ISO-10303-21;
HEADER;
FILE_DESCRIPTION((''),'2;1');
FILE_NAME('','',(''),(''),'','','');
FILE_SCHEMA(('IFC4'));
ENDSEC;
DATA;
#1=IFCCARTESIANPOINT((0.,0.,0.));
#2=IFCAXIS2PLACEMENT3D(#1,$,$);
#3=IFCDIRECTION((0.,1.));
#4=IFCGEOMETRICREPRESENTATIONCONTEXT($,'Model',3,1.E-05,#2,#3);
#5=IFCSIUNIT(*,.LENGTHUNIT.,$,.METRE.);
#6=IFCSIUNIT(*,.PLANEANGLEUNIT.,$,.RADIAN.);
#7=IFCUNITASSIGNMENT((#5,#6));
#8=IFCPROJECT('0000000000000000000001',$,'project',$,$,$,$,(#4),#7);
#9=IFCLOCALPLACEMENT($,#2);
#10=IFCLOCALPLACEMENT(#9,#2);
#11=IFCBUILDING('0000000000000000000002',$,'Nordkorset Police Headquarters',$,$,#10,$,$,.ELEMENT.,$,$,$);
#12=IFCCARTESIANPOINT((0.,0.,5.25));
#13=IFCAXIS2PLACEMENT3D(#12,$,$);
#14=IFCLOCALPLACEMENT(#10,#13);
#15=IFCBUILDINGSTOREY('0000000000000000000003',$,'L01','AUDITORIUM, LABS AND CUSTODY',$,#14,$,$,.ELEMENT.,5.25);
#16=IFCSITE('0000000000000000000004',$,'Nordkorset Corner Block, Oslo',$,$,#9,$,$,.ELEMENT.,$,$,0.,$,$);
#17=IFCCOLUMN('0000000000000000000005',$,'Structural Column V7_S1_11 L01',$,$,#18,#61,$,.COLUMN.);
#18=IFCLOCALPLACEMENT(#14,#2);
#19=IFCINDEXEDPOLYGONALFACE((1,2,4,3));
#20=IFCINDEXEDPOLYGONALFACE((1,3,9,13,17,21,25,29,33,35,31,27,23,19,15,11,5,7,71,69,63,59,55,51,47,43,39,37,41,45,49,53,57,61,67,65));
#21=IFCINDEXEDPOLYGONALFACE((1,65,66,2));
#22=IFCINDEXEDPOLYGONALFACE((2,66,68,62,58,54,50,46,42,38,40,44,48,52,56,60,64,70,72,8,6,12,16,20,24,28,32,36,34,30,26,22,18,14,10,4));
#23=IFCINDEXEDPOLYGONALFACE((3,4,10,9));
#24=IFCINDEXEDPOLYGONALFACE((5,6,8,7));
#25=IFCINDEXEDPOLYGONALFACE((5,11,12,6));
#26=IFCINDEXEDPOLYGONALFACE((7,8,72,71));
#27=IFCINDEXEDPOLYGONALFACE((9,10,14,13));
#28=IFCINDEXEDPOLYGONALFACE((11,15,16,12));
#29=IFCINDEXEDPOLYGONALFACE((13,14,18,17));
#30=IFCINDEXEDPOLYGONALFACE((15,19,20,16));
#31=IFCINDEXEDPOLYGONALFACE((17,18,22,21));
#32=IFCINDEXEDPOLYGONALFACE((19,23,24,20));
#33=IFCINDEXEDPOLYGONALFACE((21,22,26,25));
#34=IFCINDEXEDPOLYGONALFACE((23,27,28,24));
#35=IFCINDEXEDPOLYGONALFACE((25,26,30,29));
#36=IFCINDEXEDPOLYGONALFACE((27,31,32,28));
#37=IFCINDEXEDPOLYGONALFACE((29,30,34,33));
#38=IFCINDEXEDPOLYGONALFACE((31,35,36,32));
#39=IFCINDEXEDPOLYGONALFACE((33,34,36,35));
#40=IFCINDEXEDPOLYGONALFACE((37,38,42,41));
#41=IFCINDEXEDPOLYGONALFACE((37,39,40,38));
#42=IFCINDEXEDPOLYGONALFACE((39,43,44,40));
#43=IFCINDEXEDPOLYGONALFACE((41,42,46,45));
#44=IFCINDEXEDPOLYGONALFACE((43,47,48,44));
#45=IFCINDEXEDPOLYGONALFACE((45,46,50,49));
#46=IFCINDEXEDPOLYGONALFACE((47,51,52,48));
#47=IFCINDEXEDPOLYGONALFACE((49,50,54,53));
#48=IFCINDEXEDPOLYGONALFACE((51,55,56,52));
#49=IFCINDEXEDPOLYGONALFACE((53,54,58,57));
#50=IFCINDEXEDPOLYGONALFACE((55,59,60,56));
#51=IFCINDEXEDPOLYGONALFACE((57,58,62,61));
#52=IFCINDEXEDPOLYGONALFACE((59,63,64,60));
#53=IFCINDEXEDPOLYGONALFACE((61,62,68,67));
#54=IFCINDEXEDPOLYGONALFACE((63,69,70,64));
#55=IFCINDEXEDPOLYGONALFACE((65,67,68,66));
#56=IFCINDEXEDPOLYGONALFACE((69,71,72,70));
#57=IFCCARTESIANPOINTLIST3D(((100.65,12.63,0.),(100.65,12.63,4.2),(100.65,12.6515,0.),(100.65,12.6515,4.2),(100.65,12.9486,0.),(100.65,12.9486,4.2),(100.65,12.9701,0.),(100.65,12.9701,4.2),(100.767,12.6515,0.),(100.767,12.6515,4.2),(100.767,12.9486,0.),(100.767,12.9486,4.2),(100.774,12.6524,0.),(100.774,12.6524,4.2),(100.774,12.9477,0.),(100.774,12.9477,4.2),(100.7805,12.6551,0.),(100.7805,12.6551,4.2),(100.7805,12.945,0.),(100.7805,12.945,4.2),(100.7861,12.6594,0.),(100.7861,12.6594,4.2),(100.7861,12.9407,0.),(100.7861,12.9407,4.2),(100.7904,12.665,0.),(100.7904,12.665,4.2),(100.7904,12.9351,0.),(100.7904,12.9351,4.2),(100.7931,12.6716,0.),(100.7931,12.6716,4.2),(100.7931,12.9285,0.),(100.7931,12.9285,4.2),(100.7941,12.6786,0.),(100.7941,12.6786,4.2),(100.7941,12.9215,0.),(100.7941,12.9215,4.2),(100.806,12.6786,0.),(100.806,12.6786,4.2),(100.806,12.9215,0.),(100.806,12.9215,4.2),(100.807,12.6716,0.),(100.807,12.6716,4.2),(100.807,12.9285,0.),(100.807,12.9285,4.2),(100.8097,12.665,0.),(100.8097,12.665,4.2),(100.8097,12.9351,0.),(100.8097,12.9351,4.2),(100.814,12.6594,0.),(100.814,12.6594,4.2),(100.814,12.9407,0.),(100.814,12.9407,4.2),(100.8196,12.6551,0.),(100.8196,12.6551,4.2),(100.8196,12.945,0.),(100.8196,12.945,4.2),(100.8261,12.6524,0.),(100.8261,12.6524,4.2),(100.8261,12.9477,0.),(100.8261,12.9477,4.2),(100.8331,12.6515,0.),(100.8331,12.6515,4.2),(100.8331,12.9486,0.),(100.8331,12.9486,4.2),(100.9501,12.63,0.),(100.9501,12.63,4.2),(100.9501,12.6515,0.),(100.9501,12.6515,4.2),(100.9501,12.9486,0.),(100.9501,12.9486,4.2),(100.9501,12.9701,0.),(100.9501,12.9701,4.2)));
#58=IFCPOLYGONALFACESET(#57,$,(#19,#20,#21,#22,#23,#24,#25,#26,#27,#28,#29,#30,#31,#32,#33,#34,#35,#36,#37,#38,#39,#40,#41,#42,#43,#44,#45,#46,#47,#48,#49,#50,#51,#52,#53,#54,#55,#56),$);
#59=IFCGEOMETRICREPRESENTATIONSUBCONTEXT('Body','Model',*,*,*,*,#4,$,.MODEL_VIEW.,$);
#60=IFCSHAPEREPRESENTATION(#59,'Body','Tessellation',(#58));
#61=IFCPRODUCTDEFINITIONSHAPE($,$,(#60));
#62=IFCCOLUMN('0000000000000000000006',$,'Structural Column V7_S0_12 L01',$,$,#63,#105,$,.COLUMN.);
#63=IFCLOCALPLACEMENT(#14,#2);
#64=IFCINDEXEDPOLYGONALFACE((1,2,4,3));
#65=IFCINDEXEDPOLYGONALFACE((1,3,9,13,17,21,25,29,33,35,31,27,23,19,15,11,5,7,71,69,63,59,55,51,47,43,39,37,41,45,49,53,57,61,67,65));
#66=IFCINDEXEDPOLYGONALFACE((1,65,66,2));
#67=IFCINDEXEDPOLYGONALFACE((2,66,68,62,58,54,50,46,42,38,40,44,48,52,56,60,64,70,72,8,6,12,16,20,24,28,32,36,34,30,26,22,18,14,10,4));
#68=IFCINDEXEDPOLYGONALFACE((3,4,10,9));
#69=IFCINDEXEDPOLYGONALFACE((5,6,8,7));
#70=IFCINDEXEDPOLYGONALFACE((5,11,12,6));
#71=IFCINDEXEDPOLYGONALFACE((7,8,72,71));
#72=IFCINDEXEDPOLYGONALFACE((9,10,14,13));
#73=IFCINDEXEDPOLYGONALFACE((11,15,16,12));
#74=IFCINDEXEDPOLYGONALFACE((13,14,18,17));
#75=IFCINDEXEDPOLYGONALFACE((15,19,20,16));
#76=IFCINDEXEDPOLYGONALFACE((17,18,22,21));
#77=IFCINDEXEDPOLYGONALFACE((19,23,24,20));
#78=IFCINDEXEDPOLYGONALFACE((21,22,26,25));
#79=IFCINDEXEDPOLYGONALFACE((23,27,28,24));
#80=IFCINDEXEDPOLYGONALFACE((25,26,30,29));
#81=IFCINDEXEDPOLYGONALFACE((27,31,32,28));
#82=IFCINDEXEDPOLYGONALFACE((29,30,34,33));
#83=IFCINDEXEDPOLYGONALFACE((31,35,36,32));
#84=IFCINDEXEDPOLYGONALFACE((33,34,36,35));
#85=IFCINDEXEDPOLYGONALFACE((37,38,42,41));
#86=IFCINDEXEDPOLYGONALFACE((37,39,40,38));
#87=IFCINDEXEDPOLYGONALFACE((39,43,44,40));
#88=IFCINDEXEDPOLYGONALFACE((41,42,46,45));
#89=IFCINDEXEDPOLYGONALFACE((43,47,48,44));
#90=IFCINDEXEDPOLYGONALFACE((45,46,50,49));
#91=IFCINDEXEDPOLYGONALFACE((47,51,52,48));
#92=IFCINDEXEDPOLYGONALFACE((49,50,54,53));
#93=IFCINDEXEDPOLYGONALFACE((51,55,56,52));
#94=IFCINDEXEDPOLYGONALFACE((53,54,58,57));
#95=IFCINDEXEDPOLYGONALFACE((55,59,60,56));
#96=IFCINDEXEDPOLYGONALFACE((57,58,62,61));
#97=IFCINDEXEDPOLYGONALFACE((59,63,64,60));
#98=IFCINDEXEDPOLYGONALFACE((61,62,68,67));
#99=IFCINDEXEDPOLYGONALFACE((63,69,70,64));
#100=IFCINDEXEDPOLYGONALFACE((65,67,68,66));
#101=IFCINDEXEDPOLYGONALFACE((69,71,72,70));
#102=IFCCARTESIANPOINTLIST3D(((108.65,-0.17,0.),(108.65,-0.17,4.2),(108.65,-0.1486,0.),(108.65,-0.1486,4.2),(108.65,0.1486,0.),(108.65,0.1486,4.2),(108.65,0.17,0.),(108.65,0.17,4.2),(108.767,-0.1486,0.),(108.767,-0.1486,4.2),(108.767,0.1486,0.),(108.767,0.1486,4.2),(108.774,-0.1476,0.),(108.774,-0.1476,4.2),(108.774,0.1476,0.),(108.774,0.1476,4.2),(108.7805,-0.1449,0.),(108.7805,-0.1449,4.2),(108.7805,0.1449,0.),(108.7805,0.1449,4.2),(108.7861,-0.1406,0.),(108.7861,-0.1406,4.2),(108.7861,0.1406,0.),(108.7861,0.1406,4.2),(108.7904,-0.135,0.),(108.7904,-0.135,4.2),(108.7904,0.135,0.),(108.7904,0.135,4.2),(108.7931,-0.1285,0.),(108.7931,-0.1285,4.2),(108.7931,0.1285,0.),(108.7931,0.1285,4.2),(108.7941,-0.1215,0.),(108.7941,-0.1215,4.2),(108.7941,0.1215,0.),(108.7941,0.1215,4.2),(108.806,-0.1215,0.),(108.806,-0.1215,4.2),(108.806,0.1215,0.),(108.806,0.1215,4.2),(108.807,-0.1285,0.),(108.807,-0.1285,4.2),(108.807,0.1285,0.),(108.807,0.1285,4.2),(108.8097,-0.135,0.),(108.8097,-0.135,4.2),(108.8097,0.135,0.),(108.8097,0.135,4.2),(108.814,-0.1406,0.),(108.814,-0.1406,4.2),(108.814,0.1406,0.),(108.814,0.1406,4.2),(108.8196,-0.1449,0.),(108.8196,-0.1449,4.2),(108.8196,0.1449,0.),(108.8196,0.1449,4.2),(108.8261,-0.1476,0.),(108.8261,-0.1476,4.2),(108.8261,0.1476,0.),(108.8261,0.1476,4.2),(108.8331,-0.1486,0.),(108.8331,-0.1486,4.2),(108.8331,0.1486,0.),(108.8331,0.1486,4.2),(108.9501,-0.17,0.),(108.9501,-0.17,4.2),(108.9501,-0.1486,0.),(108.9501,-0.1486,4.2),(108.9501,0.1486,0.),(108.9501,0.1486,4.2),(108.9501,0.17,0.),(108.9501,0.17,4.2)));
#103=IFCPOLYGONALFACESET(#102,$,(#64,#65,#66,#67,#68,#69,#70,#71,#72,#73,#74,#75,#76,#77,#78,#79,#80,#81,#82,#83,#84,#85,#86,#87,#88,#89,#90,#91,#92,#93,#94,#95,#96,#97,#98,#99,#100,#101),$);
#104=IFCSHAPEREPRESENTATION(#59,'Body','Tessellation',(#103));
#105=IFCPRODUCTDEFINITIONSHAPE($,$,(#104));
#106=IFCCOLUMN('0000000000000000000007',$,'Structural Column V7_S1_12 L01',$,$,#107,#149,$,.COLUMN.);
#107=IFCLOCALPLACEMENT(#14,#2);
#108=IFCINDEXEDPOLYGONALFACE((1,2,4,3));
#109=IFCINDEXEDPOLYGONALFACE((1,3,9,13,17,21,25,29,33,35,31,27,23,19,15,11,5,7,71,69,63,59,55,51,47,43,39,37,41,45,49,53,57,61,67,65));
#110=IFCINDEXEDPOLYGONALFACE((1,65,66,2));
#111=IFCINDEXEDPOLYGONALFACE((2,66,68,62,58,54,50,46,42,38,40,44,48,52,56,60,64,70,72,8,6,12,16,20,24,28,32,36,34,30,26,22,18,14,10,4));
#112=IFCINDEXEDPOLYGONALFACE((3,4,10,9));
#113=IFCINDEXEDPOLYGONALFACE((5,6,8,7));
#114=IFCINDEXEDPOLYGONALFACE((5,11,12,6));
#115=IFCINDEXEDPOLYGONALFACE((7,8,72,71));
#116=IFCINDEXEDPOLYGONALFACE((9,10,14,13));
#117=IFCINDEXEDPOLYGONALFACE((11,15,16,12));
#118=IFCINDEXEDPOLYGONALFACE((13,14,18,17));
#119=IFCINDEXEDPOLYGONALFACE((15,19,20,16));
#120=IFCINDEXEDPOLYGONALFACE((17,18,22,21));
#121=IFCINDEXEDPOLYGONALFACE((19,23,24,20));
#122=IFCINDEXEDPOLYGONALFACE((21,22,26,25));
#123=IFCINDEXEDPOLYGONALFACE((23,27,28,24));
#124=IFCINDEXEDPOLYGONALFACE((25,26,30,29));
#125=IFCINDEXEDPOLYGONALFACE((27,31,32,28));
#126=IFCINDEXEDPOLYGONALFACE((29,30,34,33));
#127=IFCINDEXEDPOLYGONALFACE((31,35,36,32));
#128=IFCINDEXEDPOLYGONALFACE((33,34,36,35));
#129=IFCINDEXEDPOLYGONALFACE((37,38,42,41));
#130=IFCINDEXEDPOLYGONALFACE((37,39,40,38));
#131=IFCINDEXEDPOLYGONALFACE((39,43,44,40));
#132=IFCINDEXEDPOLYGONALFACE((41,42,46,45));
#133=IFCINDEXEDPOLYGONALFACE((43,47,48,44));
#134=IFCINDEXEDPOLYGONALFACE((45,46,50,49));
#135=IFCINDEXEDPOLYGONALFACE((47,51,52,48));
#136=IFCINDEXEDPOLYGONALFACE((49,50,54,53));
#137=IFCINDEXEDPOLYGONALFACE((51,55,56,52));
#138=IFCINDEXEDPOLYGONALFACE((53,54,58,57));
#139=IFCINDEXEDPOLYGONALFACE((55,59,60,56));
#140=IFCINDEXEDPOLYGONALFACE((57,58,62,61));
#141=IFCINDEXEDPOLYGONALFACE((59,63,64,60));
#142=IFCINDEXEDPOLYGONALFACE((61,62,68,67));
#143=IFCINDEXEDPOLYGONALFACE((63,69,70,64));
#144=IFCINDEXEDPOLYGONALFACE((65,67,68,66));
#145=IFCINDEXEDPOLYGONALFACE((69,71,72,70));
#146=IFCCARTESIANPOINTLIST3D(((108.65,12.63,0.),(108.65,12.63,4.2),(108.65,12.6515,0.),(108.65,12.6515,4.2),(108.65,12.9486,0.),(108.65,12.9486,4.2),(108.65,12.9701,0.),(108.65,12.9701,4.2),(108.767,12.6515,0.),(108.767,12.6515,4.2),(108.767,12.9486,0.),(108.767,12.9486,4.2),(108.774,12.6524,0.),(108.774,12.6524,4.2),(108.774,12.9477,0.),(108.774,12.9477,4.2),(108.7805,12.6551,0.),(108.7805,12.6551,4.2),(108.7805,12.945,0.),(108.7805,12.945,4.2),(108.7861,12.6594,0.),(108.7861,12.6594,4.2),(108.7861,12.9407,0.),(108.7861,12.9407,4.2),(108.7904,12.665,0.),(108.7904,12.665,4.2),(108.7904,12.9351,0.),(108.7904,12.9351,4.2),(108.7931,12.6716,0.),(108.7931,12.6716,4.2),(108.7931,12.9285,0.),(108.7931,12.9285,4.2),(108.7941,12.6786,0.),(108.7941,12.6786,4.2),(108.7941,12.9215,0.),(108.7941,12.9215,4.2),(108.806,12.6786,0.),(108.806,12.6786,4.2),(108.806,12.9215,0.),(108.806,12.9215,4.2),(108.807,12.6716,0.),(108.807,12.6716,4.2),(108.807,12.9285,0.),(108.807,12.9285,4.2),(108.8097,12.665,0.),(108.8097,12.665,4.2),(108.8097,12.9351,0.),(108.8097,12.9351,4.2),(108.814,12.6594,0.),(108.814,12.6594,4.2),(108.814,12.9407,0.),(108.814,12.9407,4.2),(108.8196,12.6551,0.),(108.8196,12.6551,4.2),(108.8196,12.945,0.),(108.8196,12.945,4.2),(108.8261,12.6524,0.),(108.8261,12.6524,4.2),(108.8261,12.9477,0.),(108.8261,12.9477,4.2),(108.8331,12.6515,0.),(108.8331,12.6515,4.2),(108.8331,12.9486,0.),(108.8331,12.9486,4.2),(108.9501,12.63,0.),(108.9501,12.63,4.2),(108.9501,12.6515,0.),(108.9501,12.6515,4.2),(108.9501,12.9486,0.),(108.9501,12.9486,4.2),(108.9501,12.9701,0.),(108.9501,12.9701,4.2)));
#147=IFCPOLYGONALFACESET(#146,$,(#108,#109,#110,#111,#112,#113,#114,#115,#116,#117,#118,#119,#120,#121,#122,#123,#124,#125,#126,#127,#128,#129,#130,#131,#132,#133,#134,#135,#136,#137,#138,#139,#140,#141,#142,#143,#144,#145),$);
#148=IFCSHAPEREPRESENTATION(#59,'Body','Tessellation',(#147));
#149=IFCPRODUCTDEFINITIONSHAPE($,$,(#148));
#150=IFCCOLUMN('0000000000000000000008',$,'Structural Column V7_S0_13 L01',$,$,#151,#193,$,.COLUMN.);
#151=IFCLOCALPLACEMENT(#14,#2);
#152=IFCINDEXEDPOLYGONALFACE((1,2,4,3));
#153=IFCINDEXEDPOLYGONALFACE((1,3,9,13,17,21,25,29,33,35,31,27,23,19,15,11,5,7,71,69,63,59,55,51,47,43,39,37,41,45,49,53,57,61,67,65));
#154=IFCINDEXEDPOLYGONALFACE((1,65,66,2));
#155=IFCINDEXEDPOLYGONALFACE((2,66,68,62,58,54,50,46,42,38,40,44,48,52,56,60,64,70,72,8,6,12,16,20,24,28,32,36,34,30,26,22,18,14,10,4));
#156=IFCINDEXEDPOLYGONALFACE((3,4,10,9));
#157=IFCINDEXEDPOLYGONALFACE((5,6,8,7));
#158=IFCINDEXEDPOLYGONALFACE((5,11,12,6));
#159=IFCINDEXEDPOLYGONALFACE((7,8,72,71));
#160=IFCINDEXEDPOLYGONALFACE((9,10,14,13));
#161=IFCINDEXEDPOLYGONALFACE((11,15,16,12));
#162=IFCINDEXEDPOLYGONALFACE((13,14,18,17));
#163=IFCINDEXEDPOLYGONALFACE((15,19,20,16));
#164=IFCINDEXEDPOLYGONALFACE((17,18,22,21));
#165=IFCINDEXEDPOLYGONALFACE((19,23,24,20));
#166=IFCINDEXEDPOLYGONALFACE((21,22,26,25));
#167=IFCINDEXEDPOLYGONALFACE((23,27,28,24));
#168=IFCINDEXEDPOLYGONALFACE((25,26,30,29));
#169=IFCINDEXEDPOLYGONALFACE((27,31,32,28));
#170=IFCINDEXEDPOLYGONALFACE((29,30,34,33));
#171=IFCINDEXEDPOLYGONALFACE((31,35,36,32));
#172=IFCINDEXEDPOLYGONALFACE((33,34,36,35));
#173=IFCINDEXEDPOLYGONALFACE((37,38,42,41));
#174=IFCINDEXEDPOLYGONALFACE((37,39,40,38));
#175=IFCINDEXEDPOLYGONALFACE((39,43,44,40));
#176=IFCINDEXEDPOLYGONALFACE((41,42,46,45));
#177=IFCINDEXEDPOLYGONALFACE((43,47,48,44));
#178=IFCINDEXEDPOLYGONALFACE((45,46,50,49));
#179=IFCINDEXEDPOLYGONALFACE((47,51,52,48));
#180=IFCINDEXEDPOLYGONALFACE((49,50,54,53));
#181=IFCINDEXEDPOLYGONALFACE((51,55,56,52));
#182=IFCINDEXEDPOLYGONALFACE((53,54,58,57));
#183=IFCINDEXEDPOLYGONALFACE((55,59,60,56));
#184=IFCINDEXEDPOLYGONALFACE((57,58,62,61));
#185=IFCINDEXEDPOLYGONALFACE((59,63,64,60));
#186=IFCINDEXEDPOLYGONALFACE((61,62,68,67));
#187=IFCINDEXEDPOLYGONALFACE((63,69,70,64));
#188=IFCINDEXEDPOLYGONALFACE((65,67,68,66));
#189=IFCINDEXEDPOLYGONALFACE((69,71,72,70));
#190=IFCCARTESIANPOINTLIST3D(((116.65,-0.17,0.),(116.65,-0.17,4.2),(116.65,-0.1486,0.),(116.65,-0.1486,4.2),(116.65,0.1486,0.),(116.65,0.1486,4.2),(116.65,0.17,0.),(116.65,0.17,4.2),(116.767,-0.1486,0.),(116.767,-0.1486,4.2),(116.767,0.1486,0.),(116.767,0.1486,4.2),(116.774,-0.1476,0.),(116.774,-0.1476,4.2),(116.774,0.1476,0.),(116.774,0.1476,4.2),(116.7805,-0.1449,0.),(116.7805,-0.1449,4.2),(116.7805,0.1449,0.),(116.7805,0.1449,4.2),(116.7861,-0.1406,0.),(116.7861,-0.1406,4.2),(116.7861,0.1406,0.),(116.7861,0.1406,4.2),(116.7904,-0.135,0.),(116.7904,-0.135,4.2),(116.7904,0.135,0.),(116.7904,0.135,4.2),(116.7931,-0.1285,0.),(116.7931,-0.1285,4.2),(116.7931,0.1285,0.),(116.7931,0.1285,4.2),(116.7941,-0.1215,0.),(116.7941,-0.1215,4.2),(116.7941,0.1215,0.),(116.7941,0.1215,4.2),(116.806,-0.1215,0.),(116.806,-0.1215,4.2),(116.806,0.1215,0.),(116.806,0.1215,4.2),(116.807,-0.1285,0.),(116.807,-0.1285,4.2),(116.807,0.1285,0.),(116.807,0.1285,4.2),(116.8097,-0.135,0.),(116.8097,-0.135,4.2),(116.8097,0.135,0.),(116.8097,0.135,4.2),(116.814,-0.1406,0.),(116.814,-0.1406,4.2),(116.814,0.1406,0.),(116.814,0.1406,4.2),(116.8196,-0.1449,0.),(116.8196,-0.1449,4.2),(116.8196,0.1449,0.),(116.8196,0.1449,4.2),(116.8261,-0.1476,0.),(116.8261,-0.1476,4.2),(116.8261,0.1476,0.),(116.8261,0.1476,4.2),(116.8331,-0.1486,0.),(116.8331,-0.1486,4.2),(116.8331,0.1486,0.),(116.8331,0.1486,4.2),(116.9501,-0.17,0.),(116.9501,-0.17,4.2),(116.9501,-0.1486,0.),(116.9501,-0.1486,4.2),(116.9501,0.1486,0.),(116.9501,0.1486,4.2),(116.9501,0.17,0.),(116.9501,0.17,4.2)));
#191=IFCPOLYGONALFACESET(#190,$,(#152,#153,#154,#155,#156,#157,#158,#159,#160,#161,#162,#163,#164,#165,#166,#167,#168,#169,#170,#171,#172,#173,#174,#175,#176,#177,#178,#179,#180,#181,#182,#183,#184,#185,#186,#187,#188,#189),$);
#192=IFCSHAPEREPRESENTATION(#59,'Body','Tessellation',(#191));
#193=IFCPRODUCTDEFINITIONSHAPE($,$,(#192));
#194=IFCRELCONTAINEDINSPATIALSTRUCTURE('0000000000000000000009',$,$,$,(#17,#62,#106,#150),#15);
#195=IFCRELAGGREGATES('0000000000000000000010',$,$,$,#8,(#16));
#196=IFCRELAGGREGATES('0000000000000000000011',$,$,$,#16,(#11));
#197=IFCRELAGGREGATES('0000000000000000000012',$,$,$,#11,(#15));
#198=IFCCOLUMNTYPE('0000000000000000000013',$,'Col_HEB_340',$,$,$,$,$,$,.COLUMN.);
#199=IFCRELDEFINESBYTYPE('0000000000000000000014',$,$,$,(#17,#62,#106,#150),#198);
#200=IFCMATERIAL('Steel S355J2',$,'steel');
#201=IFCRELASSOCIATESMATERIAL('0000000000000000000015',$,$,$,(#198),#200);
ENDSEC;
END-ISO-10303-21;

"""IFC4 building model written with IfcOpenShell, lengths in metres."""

from ifc_helpers import new_model, si_unit, direction, frame, origin, origin_2d, place, context, subcontext, project, spatial, i_section, extrude, material, material_profile, profile_set, type_object, element, save


model = new_model("IFC4")

# Units and contexts
model_context = context("Model", 3, precision=1e-05, world=origin(), true_north=direction((0.0, 1.0)))
body_context = subcontext(model_context, "Body", "Model", "MODEL_VIEW")
ifc_project = project(units=[si_unit("LENGTHUNIT", "METRE"), si_unit("PLANEANGLEUNIT", "RADIAN")], contexts=[model_context])

# Site, building, storey
site_placement = place(None, origin())
site = spatial("IfcSite", under=ifc_project, at=site_placement, Name="Nordkorset Corner Block, Oslo", CompositionType="ELEMENT", RefElevation=0.0)
building_placement = place(site_placement, origin())
building = spatial("IfcBuilding", under=site, at=building_placement, Name="Nordkorset Police Headquarters", CompositionType="ELEMENT")
storey_placement = place(building_placement, frame((0.0, 0.0, 5.25)))
storey = spatial("IfcBuildingStorey", under=building, at=storey_placement, Name="L01", Description="AUDITORIUM, LABS AND CUSTODY", CompositionType="ELEMENT", Elevation=5.25)

# Columns
ifc_material_1 = material(Name="Steel S355J2", Category="steel")
ifc_material_profile_1 = material_profile(ifc_material_1, i_section(OverallWidth=0.3, OverallDepth=0.3401, WebThickness=0.012, FlangeThickness=0.0215, FilletRadius=0.0271, at=origin_2d()), Name="HEB 340")
ifc_profile_set_1 = profile_set([ifc_material_profile_1], Name="Steel S355J2")
column_type_1 = type_object("IfcColumnType", Name="Col_HEB_340", PredefinedType="COLUMN", material=ifc_profile_set_1)
for number, where, z_axis, x_axis, name in (
    (1, (100.8, 12.8, 0.0), (0.0, 0.0, 1.0), (1.0, 0.0, 0.0), "Structural Column V7_S1_11 L01"),
    (2, (108.8, 0.0, 0.0), (0.0, 0.0, 1.0), (1.0, 0.0, 0.0), "Structural Column V7_S0_12 L01"),
    (3, (108.8, 12.8, 0.0), (0.0, 0.0, 1.0), (1.0, 0.0, 0.0), "Structural Column V7_S1_12 L01"),
    (4, (116.8, 0.0, 0.0), (0.0, 0.0, 1.0), (1.0, 0.0, 0.0), "Structural Column V7_S0_13 L01"),
):
    element("IfcColumn", number, at=place(storey_placement, frame(where, z_axis=z_axis, x_axis=x_axis)), inside=storey, type_object=column_type_1, Name=name, PredefinedType="COLUMN", context=body_context, shape_type="SweptSolid", body=[
        extrude(i_section(OverallWidth=0.3, OverallDepth=0.3401, WebThickness=0.012, FlangeThickness=0.0215, FilletRadius=0.0271, at=origin_2d()), origin(), (0.0, 0.0, 1.0), 4.2),
    ])

save(model, "model.ifc")
